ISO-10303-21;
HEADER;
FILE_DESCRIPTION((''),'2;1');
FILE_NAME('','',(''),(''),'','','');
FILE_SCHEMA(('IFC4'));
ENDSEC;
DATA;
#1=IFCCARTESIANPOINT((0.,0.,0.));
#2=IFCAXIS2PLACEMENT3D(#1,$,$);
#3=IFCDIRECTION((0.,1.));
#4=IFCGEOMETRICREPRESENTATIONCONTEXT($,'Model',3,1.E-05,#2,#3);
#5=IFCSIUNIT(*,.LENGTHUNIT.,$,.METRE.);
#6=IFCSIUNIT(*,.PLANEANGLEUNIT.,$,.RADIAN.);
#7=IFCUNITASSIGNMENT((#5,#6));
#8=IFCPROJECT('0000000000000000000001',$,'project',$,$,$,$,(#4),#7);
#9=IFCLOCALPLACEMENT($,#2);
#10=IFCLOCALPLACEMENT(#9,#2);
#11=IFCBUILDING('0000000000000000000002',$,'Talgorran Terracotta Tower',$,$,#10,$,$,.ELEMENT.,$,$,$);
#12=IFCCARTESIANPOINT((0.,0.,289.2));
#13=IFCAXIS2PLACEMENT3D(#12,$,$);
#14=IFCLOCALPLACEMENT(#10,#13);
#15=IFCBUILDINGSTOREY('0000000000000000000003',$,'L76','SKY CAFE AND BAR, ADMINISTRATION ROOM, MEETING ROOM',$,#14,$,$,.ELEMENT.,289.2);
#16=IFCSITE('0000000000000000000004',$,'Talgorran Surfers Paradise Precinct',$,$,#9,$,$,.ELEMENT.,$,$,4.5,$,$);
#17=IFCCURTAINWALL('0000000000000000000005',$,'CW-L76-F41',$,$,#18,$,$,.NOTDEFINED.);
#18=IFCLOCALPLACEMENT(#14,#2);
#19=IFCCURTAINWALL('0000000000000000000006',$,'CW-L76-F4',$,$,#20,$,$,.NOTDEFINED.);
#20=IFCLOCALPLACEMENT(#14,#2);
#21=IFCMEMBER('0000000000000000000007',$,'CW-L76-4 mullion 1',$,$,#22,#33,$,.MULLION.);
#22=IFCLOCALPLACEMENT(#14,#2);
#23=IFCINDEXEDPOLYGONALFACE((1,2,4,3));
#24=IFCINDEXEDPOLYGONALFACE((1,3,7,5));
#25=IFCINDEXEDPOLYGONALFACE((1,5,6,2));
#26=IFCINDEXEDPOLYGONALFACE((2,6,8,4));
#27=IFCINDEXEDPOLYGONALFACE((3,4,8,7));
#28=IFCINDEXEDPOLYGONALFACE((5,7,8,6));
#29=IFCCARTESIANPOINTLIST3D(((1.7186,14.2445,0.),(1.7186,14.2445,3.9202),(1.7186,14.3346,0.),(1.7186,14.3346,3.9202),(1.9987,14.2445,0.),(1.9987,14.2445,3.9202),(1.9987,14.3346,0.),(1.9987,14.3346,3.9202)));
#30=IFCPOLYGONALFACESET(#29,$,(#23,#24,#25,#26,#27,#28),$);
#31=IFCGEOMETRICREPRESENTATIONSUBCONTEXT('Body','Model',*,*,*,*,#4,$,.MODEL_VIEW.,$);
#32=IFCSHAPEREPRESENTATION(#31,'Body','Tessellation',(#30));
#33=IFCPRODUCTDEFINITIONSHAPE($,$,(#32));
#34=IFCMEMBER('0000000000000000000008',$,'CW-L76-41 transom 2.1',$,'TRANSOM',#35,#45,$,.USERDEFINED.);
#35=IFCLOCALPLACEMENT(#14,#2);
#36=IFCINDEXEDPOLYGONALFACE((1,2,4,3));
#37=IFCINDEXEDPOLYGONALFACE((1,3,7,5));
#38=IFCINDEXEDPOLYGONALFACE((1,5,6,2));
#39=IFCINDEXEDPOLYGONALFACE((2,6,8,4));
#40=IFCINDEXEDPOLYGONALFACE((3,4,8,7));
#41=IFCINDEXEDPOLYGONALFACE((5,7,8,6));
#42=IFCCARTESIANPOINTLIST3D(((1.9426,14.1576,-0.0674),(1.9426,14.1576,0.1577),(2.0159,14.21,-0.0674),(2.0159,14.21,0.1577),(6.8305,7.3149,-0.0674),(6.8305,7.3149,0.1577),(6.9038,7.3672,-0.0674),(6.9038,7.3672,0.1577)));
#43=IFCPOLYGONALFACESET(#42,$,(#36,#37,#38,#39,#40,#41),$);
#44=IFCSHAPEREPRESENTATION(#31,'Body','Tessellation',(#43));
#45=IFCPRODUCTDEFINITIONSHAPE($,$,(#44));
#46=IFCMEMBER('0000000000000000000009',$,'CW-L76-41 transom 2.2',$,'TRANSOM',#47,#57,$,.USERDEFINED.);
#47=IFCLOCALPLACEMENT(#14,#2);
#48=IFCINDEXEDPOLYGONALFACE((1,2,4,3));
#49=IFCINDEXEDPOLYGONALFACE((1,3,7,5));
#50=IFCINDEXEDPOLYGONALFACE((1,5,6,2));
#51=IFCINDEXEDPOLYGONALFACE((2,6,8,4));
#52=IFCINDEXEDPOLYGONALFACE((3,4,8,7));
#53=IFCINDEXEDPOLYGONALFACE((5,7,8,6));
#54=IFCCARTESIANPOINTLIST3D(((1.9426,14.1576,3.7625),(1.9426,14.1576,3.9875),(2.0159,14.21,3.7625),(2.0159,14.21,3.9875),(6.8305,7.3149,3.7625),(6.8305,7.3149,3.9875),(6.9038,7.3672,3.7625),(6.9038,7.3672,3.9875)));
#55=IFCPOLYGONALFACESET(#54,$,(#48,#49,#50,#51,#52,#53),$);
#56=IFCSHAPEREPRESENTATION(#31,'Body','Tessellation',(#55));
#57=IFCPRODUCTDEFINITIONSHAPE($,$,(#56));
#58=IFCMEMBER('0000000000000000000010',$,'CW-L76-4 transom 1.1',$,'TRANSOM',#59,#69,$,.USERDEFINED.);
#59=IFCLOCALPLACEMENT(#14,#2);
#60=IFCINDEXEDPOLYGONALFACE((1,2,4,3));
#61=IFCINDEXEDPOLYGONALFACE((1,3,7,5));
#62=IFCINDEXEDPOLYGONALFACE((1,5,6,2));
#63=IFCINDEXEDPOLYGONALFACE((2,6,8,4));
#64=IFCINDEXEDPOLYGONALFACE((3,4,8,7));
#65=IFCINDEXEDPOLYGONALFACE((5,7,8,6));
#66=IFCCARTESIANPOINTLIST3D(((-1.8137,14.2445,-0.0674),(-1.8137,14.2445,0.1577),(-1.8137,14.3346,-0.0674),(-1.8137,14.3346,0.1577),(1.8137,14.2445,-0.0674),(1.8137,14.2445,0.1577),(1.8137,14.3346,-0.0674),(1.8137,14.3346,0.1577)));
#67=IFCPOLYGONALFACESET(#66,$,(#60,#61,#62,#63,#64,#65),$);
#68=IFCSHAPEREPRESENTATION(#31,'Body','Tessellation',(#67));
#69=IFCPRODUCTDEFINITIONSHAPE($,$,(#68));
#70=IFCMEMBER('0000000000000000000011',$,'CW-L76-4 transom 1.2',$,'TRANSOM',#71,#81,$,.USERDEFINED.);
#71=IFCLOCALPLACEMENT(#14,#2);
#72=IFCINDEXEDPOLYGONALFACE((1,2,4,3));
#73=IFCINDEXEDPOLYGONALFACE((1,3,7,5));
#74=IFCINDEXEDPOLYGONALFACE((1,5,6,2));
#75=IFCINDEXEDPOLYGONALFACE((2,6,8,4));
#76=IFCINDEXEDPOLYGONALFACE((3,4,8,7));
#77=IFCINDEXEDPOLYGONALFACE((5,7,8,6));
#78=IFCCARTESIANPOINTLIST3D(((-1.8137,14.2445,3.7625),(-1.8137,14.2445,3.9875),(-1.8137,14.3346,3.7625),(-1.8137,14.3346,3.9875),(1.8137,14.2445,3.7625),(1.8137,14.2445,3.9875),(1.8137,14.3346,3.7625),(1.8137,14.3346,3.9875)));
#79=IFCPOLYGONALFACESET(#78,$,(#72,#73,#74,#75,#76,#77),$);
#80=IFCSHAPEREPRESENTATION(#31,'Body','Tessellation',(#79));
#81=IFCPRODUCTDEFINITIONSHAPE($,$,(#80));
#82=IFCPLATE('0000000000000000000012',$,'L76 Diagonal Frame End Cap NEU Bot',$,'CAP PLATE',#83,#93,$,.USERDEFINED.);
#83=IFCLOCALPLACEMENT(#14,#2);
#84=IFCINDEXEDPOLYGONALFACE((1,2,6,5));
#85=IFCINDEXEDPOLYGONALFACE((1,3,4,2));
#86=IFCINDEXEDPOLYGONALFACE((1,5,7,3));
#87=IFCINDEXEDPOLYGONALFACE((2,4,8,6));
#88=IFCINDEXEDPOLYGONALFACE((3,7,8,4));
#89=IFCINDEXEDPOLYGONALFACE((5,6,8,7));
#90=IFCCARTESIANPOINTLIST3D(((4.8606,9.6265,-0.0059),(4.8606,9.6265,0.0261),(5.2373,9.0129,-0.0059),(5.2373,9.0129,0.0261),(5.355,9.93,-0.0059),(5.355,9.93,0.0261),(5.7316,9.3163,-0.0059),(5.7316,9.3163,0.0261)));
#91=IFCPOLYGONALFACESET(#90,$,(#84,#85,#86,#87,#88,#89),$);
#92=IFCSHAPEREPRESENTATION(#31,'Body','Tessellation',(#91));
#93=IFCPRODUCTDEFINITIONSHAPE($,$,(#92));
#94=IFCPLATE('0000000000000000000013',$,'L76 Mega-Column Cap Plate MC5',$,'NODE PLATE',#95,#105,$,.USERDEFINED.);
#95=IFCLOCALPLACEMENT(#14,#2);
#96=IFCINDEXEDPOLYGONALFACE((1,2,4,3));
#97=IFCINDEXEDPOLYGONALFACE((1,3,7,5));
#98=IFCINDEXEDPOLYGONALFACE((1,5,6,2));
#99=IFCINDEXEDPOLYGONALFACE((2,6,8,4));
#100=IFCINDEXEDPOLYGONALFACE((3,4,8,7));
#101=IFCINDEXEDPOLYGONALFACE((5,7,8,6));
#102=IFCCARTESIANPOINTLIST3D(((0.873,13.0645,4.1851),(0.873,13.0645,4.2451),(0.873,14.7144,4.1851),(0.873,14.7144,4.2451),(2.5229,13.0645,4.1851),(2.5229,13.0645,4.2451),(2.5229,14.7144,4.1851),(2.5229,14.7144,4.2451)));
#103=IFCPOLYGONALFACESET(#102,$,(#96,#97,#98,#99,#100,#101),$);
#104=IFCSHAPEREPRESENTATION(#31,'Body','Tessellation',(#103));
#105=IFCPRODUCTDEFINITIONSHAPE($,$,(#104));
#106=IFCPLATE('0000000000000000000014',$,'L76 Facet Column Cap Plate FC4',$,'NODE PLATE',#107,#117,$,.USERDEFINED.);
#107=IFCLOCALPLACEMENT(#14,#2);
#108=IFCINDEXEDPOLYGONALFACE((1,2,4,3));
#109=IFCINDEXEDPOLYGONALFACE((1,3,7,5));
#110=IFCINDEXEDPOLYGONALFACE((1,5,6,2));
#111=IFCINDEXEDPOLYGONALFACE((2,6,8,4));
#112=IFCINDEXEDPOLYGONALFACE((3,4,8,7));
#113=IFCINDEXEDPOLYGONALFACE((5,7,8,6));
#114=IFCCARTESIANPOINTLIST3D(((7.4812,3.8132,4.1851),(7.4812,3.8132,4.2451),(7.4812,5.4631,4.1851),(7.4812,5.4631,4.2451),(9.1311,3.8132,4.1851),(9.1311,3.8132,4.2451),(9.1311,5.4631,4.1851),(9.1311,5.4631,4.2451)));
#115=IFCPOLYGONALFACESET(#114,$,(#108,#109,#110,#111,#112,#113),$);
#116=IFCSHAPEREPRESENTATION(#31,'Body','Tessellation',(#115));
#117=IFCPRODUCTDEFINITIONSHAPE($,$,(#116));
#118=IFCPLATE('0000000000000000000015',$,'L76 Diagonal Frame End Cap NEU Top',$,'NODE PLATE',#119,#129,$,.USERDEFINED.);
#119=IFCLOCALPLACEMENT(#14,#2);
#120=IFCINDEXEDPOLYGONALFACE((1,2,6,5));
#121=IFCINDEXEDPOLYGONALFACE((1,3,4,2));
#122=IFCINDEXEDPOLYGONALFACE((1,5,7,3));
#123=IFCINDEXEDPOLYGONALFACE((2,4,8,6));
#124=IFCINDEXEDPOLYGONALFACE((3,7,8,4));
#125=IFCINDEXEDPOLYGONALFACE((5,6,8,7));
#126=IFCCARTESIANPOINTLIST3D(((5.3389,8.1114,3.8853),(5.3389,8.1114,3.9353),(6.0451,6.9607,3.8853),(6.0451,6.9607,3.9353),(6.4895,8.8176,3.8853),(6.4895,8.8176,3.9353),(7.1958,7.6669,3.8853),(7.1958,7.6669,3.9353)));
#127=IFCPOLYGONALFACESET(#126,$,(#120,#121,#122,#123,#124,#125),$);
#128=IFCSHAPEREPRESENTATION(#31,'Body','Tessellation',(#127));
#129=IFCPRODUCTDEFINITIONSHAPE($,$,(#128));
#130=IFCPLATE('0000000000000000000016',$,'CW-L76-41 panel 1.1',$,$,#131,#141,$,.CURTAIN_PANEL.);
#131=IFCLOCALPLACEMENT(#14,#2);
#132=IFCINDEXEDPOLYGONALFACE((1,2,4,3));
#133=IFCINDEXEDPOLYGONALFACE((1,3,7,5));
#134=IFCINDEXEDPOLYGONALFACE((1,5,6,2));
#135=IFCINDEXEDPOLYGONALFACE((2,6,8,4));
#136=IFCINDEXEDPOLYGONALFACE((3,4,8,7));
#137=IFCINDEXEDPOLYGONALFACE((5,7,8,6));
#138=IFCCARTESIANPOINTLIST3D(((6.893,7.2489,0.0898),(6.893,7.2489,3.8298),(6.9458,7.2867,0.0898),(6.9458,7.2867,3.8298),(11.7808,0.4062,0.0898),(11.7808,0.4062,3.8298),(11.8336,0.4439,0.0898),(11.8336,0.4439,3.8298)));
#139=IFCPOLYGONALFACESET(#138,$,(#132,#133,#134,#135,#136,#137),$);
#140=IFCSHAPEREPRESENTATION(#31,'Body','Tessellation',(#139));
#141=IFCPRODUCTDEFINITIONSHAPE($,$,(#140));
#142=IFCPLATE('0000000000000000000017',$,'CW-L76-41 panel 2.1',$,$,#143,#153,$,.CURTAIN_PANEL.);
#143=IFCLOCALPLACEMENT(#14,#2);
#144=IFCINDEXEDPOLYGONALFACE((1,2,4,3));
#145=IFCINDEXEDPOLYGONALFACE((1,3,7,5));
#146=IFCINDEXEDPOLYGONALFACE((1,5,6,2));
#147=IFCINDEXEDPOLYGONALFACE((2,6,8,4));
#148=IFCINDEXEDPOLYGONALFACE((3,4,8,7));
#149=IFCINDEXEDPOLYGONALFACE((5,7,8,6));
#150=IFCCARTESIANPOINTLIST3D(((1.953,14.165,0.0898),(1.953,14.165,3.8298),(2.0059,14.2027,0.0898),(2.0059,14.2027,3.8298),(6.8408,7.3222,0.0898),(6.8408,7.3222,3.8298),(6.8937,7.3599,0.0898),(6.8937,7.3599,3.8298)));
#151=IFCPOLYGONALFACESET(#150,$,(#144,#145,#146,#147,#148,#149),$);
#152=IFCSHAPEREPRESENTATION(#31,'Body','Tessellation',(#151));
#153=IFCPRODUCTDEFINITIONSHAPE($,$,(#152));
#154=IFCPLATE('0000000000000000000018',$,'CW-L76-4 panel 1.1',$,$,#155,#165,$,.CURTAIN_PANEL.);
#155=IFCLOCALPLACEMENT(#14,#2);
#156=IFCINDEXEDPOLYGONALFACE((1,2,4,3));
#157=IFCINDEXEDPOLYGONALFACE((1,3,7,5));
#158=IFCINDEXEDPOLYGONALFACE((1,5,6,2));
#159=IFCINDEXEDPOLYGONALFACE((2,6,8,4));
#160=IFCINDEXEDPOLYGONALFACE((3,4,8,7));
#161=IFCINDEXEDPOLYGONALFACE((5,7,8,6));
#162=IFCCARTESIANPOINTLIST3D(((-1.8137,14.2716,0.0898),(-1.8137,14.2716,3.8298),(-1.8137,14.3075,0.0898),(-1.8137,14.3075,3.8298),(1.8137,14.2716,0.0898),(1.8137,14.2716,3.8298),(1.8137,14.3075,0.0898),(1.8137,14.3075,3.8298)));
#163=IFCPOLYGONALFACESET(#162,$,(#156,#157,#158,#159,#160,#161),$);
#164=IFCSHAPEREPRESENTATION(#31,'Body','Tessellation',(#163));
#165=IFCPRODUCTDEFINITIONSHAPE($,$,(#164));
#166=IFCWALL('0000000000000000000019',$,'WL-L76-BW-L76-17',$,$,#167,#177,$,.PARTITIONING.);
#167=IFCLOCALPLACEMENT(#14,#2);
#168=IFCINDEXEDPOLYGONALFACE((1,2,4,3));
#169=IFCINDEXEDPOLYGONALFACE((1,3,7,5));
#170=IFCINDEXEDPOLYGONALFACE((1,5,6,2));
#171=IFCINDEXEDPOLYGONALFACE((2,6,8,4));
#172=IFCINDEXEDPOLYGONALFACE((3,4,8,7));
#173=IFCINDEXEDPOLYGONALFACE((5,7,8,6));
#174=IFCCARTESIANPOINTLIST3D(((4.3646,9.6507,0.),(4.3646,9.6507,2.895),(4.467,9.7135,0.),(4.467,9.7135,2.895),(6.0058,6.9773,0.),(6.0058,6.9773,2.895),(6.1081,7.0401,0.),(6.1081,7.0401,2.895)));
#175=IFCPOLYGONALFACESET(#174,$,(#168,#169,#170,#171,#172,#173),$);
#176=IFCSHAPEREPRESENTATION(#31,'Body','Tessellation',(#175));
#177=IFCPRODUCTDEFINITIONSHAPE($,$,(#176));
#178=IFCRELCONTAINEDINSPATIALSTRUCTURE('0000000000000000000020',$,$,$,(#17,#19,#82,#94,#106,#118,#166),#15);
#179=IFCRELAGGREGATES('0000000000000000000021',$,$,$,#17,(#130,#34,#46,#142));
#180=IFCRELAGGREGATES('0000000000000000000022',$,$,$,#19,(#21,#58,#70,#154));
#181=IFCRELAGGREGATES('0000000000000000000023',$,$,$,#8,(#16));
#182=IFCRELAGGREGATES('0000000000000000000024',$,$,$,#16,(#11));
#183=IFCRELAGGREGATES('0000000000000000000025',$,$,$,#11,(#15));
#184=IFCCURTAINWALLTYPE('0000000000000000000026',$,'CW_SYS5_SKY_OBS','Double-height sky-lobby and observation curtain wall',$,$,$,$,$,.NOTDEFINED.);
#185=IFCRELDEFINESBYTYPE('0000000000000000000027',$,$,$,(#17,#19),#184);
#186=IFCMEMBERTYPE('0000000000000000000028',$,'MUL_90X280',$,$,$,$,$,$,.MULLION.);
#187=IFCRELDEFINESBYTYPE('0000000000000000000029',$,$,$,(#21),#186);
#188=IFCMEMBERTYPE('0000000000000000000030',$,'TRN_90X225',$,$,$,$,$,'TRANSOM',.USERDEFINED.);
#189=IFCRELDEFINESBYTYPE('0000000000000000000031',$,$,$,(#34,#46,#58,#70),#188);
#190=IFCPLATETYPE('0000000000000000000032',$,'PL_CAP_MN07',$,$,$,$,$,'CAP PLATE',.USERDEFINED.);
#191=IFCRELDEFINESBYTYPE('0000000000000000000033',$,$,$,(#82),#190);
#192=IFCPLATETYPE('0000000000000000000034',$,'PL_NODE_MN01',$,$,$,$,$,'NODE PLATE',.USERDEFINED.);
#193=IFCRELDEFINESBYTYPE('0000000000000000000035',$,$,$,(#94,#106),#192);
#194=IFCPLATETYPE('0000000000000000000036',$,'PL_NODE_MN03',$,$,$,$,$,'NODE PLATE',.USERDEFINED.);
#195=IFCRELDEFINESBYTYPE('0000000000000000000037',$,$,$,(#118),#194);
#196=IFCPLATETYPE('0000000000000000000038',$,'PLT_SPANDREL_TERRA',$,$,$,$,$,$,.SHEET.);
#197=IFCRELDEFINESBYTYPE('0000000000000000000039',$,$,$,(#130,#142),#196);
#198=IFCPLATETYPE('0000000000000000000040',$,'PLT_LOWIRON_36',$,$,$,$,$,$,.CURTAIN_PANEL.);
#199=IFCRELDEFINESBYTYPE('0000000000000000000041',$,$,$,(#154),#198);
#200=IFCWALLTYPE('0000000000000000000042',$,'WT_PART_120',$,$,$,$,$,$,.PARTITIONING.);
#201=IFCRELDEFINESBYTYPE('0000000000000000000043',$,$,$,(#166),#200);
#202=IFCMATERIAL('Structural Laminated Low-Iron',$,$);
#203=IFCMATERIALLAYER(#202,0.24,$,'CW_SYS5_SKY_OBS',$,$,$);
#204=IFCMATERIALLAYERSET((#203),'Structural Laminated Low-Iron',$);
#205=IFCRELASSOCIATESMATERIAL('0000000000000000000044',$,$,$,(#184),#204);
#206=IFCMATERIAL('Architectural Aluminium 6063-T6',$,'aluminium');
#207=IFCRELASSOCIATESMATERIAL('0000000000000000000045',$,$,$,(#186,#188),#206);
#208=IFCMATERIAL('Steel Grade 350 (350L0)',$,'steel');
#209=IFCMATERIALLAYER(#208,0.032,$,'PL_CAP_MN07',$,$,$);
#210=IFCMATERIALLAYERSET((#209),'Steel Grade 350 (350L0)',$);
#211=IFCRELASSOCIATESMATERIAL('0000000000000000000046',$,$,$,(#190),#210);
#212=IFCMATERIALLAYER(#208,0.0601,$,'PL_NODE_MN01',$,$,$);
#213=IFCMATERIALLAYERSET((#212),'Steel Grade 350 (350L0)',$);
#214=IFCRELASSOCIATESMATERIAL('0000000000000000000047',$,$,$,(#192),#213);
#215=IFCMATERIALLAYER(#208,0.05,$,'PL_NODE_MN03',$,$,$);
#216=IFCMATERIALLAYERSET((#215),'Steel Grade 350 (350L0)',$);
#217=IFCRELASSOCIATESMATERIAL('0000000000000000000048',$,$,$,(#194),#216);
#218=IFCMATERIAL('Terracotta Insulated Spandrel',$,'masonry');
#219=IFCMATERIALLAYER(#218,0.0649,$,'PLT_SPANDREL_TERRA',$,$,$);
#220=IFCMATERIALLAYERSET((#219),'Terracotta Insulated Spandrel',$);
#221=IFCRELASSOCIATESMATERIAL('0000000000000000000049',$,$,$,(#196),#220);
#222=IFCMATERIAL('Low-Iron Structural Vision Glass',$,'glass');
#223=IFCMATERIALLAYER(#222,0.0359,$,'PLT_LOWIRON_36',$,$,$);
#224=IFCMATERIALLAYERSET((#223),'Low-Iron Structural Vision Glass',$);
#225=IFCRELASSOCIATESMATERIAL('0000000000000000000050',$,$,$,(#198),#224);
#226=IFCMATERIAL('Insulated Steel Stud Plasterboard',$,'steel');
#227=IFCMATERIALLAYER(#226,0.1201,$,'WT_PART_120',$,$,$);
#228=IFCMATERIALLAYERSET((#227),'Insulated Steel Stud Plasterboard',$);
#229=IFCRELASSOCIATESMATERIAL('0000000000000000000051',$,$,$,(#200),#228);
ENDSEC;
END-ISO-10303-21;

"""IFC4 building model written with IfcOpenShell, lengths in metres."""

from ifc_helpers import new_model, si_unit, direction, frame, frame_2d, origin, origin_2d, place, context, subcontext, project, spatial, rectangle, extrude, source, transform, mapped, material, layer, layer_set, material_profile, profile_set, type_object, type_shapes, element, aggregate, save


model = new_model("IFC4")

# Units and contexts
model_context = context("Model", 3, precision=1e-05, world=origin(), true_north=direction((0.0, 1.0)))
body_context = subcontext(model_context, "Body", "Model", "MODEL_VIEW")
ifc_project = project(units=[si_unit("LENGTHUNIT", "METRE"), si_unit("PLANEANGLEUNIT", "RADIAN")], contexts=[model_context])

# Site, building, storey
site_placement = place(None, origin())
site = spatial("IfcSite", under=ifc_project, at=site_placement, Name="Talgorran Surfers Paradise Precinct", CompositionType="ELEMENT", RefElevation=4.5)
building_placement = place(site_placement, origin())
building = spatial("IfcBuilding", under=site, at=building_placement, Name="Talgorran Terracotta Tower", CompositionType="ELEMENT")
storey_placement = place(building_placement, frame((0.0, 0.0, 289.2)))
storey = spatial("IfcBuildingStorey", under=building, at=storey_placement, Name="L76", Description="SKY CAFE AND BAR, ADMINISTRATION ROOM, MEETING ROOM", CompositionType="ELEMENT", Elevation=289.2)

# Shared definitions
ifc_material_1 = material(Name="Steel Grade 350 (350L0)", Category="steel")

# Curtain wall
ifc_material_2 = material(Name="Structural Laminated Low-Iron")
ifc_layer_1 = layer(ifc_material_2, 0.24, Name="CW_SYS5_SKY_OBS")
ifc_layer_set_1 = layer_set([ifc_layer_1], Name="Structural Laminated Low-Iron")
curtain_wall_type = type_object("IfcCurtainWallType", Name="CW_SYS5_SKY_OBS", Description="Double-height sky-lobby and observation curtain wall", PredefinedType="NOTDEFINED", material=ifc_layer_set_1)
curtain_wall_1_placement = place(storey_placement, origin())
curtain_wall_1 = element("IfcCurtainWall", 1, at=curtain_wall_1_placement, inside=storey, type_object=curtain_wall_type, Name="CW-L76-F41", PredefinedType="NOTDEFINED")
ifc_material_3 = material(Name="Architectural Aluminium 6063-T6", Category="aluminium")
ifc_material_profile_1 = material_profile(ifc_material_3, rectangle(XDim=0.0901, YDim=0.28, at=origin_2d()), Name="CWM90X280")
ifc_profile_set_1 = profile_set([ifc_material_profile_1], Name="Architectural Aluminium 6063-T6")
member_type_1 = type_object("IfcMemberType", Name="MUL_90X280", PredefinedType="MULLION", material=ifc_profile_set_1)

# Curtain wall, member
curtain_wall_2_placement = place(storey_placement, origin())
curtain_wall_2 = element("IfcCurtainWall", 2, at=curtain_wall_2_placement, inside=storey, type_object=curtain_wall_type, Name="CW-L76-F4", PredefinedType="NOTDEFINED")
member_1_placement = place(storey_placement, frame((1.8586, 14.2896, 0.0), z_axis=(0.0, 0.0, 1.0), x_axis=(0.0, -1.0, 0.0)))
member_1 = element("IfcMember", 3, at=member_1_placement, type_object=member_type_1, Name="CW-L76-4 mullion 1", PredefinedType="MULLION", context=body_context, shape_type="SweptSolid", body=[
    extrude(rectangle(XDim=0.0901, YDim=0.28, at=origin_2d()), origin(), (0.0, 0.0, 1.0), 3.9202),
])

# Members
ifc_material_profile_2 = material_profile(ifc_material_3, rectangle(XDim=0.0901, YDim=0.2251, at=origin_2d()), Name="CWT90X225")
ifc_profile_set_2 = profile_set([ifc_material_profile_2], Name="Architectural Aluminium 6063-T6")
member_type_2 = type_object("IfcMemberType", Name="TRN_90X225", ElementType="TRANSOM", PredefinedType="USERDEFINED", material=ifc_profile_set_2)
member_2_placement = place(storey_placement, frame((6.8672, 7.3411, 0.0452), z_axis=(-0.581257, 0.81372, 0.0), x_axis=(-0.81372, -0.581257, 0.0)))
member_2 = element("IfcMember", 4, at=member_2_placement, type_object=member_type_2, Name="CW-L76-41 transom 2.1", ObjectType="TRANSOM", PredefinedType="USERDEFINED", context=body_context, shape_type="SweptSolid", body=[
    extrude(rectangle(XDim=0.0901, YDim=0.2251, at=origin_2d()), origin(), (0.0, 0.0, 1.0), 8.4092),
])
member_3_placement = place(storey_placement, frame((6.8672, 7.3411, 3.875), z_axis=(-0.581257, 0.81372, 0.0), x_axis=(-0.81372, -0.581257, 0.0)))
member_3 = element("IfcMember", 5, at=member_3_placement, type_object=member_type_2, Name="CW-L76-41 transom 2.2", ObjectType="TRANSOM", PredefinedType="USERDEFINED", context=body_context, shape_type="SweptSolid", body=[
    extrude(rectangle(XDim=0.0901, YDim=0.2251, at=origin_2d()), origin(), (0.0, 0.0, 1.0), 8.4092),
])
member_4_placement = place(storey_placement, frame((1.8137, 14.2896, 0.0452), z_axis=(-1.0, 0.0, 0.0), x_axis=(0.0, -1.0, 0.0)))
member_4 = element("IfcMember", 6, at=member_4_placement, type_object=member_type_2, Name="CW-L76-4 transom 1.1", ObjectType="TRANSOM", PredefinedType="USERDEFINED", context=body_context, shape_type="SweptSolid", body=[
    extrude(rectangle(XDim=0.0901, YDim=0.2251, at=origin_2d()), origin(), (0.0, 0.0, 1.0), 3.6274),
])
member_5_placement = place(storey_placement, frame((1.8137, 14.2896, 3.875), z_axis=(-1.0, 0.0, 0.0), x_axis=(0.0, -1.0, 0.0)))
member_5 = element("IfcMember", 7, at=member_5_placement, type_object=member_type_2, Name="CW-L76-4 transom 1.2", ObjectType="TRANSOM", PredefinedType="USERDEFINED", context=body_context, shape_type="SweptSolid", body=[
    extrude(rectangle(XDim=0.0901, YDim=0.2251, at=origin_2d()), origin(), (0.0, 0.0, 1.0), 3.6274),
])

# Plates
ifc_layer_2 = layer(ifc_material_1, 0.032, Name="PL_CAP_MN07")
ifc_layer_set_2 = layer_set([ifc_layer_2], Name="Steel Grade 350 (350L0)")
plate_type_1 = type_object("IfcPlateType", Name="PL_CAP_MN07", ElementType="CAP PLATE", PredefinedType="USERDEFINED", material=ifc_layer_set_2)
plate_1_placement = place(storey_placement, frame((5.2961, 9.4714, -0.0059), z_axis=(0.0, 0.0, 1.0), x_axis=(0.523094, -0.852275, 0.0)))
element("IfcPlate", 8, at=plate_1_placement, inside=storey, type_object=plate_type_1, Name="L76 Diagonal Frame End Cap NEU Bot", ObjectType="CAP PLATE", PredefinedType="USERDEFINED", context=body_context, shape_type="SweptSolid", body=[
    extrude(rectangle(XDim=0.72, YDim=0.5801, at=origin_2d()), origin(), (0.0, 0.0, 1.0), 0.032),
])
ifc_layer_3 = layer(ifc_material_1, 0.0601, Name="PL_NODE_MN01")
ifc_layer_set_3 = layer_set([ifc_layer_3], Name="Steel Grade 350 (350L0)")
plate_type_2 = type_object("IfcPlateType", Name="PL_NODE_MN01", ElementType="NODE PLATE", PredefinedType="USERDEFINED", material=ifc_layer_set_3)
for number, where, z_axis, x_axis, name in (
    (9, (1.698, 13.8894, 4.1851), (0.0, 0.0, 1.0), (1.0, 0.0, 0.0), "L76 Mega-Column Cap Plate MC5"),
    (10, (8.3062, 4.6382, 4.1851), (0.0, 0.0, 1.0), (1.0, 0.0, 0.0), "L76 Facet Column Cap Plate FC4"),
):
    element("IfcPlate", number, at=place(storey_placement, frame(where, z_axis=z_axis, x_axis=x_axis)), inside=storey, type_object=plate_type_2, Name=name, ObjectType="NODE PLATE", PredefinedType="USERDEFINED", context=body_context, shape_type="SweptSolid", body=[
        extrude(rectangle(XDim=1.6499, YDim=1.6499, at=origin_2d()), origin(), (0.0, 0.0, 1.0), 0.0601),
    ])
ifc_layer_4 = layer(ifc_material_1, 0.05, Name="PL_NODE_MN03")
ifc_layer_set_4 = layer_set([ifc_layer_4], Name="Steel Grade 350 (350L0)")
plate_type_3 = type_object("IfcPlateType", Name="PL_NODE_MN03", ElementType="NODE PLATE", PredefinedType="USERDEFINED", material=ifc_layer_set_4)
plate_2_placement = place(storey_placement, frame((6.2673, 7.8892, 3.8853), z_axis=(0.0, 0.0, 1.0), x_axis=(0.523094, -0.852275, 0.0)))
element("IfcPlate", 11, at=plate_2_placement, inside=storey, type_object=plate_type_3, Name="L76 Diagonal Frame End Cap NEU Top", ObjectType="NODE PLATE", PredefinedType="USERDEFINED", context=body_context, shape_type="SweptSolid", body=[
    extrude(rectangle(XDim=1.3501, YDim=1.3501, at=origin_2d()), origin(), (0.0, 0.0, 1.0), 0.05),
])

# Plates
ifc_material_4 = material(Name="Terracotta Insulated Spandrel", Category="masonry")
ifc_layer_5 = layer(ifc_material_4, 0.0649, Name="PLT_SPANDREL_TERRA")
ifc_layer_set_5 = layer_set([ifc_layer_5], Name="Terracotta Insulated Spandrel")
plate_type_4 = type_object("IfcPlateType", Name="PLT_SPANDREL_TERRA", PredefinedType="SHEET", material=ifc_layer_set_5)
shared_shape_1 = source(origin(), body_context, "Body", "SweptSolid", [
    extrude(rectangle(XDim=8.4092, YDim=0.0649, at=origin_2d()), origin(), (0.0, 0.0, 1.0), 3.74),
])
type_shapes(plate_type_4, [shared_shape_1])
plate_3_placement = place(storey_placement, frame((9.3633, 3.8464, 0.0898), z_axis=(0.0, 0.0, 1.0), x_axis=(-0.581248, 0.813727, 0.0)))
plate_3 = element("IfcPlate", 12, at=plate_3_placement, type_object=plate_type_4, Name="CW-L76-41 panel 1.1", PredefinedType="CURTAIN_PANEL", context=body_context, shape_type="MappedRepresentation", body=[
    mapped(shared_shape_1, transform((0.0, 0.0, 0.0), scale=1.0)),
])
plate_4_placement = place(storey_placement, frame((4.4233, 10.7625, 0.0898), z_axis=(0.0, 0.0, 1.0), x_axis=(-0.581248, 0.813727, 0.0)))
plate_4 = element("IfcPlate", 13, at=plate_4_placement, type_object=plate_type_4, Name="CW-L76-41 panel 2.1", PredefinedType="CURTAIN_PANEL", context=body_context, shape_type="MappedRepresentation", body=[
    mapped(shared_shape_1, transform((0.0, 0.0, 0.0), scale=1.0)),
])
aggregate(curtain_wall_1, [plate_3, member_2, member_3, plate_4])
ifc_material_5 = material(Name="Low-Iron Structural Vision Glass", Category="glass")
ifc_layer_6 = layer(ifc_material_5, 0.0359, Name="PLT_LOWIRON_36")
ifc_layer_set_6 = layer_set([ifc_layer_6], Name="Low-Iron Structural Vision Glass")
plate_type_5 = type_object("IfcPlateType", Name="PLT_LOWIRON_36", PredefinedType="CURTAIN_PANEL", material=ifc_layer_set_6)
shared_shape_2 = source(origin(), body_context, "Body", "SweptSolid", [
    extrude(rectangle(XDim=3.6274, YDim=0.0359, at=origin_2d()), origin(), (0.0, 0.0, 1.0), 3.74),
])
type_shapes(plate_type_5, [shared_shape_2])
plate_5_placement = place(storey_placement, frame((0.0, 14.2896, 0.0898), z_axis=(0.0, 0.0, 1.0), x_axis=(-1.0, 0.0, 0.0)))
plate_5 = element("IfcPlate", 14, at=plate_5_placement, type_object=plate_type_5, Name="CW-L76-4 panel 1.1", PredefinedType="CURTAIN_PANEL", context=body_context, shape_type="MappedRepresentation", body=[
    mapped(shared_shape_2, transform((0.0, 0.0, 0.0), scale=1.0)),
])
aggregate(curtain_wall_2, [member_1, member_4, member_5, plate_5])

# Wall
ifc_material_6 = material(Name="Insulated Steel Stud Plasterboard", Category="steel")
ifc_layer_7 = layer(ifc_material_6, 0.1201, Name="WT_PART_120")
ifc_layer_set_7 = layer_set([ifc_layer_7], Name="Insulated Steel Stud Plasterboard")
wall_type = type_object("IfcWallType", Name="WT_PART_120", PredefinedType="PARTITIONING", material=ifc_layer_set_7)
wall_1_placement = place(storey_placement, frame((6.0569, 7.0088, 0.0), z_axis=(0.0, 0.0, 1.0), x_axis=(-0.523168, 0.85223, 0.0)))
element("IfcWall", 15, at=wall_1_placement, inside=storey, type_object=wall_type, Name="WL-L76-BW-L76-17", PredefinedType="PARTITIONING", context=body_context, shape_type="SweptSolid", body=[
    extrude(rectangle(XDim=3.137, YDim=0.1201, at=frame_2d((1.5684, 0.0))), origin(), (0.0, 0.0, 1.0), 2.895),
])

save(model, "model.ifc")
